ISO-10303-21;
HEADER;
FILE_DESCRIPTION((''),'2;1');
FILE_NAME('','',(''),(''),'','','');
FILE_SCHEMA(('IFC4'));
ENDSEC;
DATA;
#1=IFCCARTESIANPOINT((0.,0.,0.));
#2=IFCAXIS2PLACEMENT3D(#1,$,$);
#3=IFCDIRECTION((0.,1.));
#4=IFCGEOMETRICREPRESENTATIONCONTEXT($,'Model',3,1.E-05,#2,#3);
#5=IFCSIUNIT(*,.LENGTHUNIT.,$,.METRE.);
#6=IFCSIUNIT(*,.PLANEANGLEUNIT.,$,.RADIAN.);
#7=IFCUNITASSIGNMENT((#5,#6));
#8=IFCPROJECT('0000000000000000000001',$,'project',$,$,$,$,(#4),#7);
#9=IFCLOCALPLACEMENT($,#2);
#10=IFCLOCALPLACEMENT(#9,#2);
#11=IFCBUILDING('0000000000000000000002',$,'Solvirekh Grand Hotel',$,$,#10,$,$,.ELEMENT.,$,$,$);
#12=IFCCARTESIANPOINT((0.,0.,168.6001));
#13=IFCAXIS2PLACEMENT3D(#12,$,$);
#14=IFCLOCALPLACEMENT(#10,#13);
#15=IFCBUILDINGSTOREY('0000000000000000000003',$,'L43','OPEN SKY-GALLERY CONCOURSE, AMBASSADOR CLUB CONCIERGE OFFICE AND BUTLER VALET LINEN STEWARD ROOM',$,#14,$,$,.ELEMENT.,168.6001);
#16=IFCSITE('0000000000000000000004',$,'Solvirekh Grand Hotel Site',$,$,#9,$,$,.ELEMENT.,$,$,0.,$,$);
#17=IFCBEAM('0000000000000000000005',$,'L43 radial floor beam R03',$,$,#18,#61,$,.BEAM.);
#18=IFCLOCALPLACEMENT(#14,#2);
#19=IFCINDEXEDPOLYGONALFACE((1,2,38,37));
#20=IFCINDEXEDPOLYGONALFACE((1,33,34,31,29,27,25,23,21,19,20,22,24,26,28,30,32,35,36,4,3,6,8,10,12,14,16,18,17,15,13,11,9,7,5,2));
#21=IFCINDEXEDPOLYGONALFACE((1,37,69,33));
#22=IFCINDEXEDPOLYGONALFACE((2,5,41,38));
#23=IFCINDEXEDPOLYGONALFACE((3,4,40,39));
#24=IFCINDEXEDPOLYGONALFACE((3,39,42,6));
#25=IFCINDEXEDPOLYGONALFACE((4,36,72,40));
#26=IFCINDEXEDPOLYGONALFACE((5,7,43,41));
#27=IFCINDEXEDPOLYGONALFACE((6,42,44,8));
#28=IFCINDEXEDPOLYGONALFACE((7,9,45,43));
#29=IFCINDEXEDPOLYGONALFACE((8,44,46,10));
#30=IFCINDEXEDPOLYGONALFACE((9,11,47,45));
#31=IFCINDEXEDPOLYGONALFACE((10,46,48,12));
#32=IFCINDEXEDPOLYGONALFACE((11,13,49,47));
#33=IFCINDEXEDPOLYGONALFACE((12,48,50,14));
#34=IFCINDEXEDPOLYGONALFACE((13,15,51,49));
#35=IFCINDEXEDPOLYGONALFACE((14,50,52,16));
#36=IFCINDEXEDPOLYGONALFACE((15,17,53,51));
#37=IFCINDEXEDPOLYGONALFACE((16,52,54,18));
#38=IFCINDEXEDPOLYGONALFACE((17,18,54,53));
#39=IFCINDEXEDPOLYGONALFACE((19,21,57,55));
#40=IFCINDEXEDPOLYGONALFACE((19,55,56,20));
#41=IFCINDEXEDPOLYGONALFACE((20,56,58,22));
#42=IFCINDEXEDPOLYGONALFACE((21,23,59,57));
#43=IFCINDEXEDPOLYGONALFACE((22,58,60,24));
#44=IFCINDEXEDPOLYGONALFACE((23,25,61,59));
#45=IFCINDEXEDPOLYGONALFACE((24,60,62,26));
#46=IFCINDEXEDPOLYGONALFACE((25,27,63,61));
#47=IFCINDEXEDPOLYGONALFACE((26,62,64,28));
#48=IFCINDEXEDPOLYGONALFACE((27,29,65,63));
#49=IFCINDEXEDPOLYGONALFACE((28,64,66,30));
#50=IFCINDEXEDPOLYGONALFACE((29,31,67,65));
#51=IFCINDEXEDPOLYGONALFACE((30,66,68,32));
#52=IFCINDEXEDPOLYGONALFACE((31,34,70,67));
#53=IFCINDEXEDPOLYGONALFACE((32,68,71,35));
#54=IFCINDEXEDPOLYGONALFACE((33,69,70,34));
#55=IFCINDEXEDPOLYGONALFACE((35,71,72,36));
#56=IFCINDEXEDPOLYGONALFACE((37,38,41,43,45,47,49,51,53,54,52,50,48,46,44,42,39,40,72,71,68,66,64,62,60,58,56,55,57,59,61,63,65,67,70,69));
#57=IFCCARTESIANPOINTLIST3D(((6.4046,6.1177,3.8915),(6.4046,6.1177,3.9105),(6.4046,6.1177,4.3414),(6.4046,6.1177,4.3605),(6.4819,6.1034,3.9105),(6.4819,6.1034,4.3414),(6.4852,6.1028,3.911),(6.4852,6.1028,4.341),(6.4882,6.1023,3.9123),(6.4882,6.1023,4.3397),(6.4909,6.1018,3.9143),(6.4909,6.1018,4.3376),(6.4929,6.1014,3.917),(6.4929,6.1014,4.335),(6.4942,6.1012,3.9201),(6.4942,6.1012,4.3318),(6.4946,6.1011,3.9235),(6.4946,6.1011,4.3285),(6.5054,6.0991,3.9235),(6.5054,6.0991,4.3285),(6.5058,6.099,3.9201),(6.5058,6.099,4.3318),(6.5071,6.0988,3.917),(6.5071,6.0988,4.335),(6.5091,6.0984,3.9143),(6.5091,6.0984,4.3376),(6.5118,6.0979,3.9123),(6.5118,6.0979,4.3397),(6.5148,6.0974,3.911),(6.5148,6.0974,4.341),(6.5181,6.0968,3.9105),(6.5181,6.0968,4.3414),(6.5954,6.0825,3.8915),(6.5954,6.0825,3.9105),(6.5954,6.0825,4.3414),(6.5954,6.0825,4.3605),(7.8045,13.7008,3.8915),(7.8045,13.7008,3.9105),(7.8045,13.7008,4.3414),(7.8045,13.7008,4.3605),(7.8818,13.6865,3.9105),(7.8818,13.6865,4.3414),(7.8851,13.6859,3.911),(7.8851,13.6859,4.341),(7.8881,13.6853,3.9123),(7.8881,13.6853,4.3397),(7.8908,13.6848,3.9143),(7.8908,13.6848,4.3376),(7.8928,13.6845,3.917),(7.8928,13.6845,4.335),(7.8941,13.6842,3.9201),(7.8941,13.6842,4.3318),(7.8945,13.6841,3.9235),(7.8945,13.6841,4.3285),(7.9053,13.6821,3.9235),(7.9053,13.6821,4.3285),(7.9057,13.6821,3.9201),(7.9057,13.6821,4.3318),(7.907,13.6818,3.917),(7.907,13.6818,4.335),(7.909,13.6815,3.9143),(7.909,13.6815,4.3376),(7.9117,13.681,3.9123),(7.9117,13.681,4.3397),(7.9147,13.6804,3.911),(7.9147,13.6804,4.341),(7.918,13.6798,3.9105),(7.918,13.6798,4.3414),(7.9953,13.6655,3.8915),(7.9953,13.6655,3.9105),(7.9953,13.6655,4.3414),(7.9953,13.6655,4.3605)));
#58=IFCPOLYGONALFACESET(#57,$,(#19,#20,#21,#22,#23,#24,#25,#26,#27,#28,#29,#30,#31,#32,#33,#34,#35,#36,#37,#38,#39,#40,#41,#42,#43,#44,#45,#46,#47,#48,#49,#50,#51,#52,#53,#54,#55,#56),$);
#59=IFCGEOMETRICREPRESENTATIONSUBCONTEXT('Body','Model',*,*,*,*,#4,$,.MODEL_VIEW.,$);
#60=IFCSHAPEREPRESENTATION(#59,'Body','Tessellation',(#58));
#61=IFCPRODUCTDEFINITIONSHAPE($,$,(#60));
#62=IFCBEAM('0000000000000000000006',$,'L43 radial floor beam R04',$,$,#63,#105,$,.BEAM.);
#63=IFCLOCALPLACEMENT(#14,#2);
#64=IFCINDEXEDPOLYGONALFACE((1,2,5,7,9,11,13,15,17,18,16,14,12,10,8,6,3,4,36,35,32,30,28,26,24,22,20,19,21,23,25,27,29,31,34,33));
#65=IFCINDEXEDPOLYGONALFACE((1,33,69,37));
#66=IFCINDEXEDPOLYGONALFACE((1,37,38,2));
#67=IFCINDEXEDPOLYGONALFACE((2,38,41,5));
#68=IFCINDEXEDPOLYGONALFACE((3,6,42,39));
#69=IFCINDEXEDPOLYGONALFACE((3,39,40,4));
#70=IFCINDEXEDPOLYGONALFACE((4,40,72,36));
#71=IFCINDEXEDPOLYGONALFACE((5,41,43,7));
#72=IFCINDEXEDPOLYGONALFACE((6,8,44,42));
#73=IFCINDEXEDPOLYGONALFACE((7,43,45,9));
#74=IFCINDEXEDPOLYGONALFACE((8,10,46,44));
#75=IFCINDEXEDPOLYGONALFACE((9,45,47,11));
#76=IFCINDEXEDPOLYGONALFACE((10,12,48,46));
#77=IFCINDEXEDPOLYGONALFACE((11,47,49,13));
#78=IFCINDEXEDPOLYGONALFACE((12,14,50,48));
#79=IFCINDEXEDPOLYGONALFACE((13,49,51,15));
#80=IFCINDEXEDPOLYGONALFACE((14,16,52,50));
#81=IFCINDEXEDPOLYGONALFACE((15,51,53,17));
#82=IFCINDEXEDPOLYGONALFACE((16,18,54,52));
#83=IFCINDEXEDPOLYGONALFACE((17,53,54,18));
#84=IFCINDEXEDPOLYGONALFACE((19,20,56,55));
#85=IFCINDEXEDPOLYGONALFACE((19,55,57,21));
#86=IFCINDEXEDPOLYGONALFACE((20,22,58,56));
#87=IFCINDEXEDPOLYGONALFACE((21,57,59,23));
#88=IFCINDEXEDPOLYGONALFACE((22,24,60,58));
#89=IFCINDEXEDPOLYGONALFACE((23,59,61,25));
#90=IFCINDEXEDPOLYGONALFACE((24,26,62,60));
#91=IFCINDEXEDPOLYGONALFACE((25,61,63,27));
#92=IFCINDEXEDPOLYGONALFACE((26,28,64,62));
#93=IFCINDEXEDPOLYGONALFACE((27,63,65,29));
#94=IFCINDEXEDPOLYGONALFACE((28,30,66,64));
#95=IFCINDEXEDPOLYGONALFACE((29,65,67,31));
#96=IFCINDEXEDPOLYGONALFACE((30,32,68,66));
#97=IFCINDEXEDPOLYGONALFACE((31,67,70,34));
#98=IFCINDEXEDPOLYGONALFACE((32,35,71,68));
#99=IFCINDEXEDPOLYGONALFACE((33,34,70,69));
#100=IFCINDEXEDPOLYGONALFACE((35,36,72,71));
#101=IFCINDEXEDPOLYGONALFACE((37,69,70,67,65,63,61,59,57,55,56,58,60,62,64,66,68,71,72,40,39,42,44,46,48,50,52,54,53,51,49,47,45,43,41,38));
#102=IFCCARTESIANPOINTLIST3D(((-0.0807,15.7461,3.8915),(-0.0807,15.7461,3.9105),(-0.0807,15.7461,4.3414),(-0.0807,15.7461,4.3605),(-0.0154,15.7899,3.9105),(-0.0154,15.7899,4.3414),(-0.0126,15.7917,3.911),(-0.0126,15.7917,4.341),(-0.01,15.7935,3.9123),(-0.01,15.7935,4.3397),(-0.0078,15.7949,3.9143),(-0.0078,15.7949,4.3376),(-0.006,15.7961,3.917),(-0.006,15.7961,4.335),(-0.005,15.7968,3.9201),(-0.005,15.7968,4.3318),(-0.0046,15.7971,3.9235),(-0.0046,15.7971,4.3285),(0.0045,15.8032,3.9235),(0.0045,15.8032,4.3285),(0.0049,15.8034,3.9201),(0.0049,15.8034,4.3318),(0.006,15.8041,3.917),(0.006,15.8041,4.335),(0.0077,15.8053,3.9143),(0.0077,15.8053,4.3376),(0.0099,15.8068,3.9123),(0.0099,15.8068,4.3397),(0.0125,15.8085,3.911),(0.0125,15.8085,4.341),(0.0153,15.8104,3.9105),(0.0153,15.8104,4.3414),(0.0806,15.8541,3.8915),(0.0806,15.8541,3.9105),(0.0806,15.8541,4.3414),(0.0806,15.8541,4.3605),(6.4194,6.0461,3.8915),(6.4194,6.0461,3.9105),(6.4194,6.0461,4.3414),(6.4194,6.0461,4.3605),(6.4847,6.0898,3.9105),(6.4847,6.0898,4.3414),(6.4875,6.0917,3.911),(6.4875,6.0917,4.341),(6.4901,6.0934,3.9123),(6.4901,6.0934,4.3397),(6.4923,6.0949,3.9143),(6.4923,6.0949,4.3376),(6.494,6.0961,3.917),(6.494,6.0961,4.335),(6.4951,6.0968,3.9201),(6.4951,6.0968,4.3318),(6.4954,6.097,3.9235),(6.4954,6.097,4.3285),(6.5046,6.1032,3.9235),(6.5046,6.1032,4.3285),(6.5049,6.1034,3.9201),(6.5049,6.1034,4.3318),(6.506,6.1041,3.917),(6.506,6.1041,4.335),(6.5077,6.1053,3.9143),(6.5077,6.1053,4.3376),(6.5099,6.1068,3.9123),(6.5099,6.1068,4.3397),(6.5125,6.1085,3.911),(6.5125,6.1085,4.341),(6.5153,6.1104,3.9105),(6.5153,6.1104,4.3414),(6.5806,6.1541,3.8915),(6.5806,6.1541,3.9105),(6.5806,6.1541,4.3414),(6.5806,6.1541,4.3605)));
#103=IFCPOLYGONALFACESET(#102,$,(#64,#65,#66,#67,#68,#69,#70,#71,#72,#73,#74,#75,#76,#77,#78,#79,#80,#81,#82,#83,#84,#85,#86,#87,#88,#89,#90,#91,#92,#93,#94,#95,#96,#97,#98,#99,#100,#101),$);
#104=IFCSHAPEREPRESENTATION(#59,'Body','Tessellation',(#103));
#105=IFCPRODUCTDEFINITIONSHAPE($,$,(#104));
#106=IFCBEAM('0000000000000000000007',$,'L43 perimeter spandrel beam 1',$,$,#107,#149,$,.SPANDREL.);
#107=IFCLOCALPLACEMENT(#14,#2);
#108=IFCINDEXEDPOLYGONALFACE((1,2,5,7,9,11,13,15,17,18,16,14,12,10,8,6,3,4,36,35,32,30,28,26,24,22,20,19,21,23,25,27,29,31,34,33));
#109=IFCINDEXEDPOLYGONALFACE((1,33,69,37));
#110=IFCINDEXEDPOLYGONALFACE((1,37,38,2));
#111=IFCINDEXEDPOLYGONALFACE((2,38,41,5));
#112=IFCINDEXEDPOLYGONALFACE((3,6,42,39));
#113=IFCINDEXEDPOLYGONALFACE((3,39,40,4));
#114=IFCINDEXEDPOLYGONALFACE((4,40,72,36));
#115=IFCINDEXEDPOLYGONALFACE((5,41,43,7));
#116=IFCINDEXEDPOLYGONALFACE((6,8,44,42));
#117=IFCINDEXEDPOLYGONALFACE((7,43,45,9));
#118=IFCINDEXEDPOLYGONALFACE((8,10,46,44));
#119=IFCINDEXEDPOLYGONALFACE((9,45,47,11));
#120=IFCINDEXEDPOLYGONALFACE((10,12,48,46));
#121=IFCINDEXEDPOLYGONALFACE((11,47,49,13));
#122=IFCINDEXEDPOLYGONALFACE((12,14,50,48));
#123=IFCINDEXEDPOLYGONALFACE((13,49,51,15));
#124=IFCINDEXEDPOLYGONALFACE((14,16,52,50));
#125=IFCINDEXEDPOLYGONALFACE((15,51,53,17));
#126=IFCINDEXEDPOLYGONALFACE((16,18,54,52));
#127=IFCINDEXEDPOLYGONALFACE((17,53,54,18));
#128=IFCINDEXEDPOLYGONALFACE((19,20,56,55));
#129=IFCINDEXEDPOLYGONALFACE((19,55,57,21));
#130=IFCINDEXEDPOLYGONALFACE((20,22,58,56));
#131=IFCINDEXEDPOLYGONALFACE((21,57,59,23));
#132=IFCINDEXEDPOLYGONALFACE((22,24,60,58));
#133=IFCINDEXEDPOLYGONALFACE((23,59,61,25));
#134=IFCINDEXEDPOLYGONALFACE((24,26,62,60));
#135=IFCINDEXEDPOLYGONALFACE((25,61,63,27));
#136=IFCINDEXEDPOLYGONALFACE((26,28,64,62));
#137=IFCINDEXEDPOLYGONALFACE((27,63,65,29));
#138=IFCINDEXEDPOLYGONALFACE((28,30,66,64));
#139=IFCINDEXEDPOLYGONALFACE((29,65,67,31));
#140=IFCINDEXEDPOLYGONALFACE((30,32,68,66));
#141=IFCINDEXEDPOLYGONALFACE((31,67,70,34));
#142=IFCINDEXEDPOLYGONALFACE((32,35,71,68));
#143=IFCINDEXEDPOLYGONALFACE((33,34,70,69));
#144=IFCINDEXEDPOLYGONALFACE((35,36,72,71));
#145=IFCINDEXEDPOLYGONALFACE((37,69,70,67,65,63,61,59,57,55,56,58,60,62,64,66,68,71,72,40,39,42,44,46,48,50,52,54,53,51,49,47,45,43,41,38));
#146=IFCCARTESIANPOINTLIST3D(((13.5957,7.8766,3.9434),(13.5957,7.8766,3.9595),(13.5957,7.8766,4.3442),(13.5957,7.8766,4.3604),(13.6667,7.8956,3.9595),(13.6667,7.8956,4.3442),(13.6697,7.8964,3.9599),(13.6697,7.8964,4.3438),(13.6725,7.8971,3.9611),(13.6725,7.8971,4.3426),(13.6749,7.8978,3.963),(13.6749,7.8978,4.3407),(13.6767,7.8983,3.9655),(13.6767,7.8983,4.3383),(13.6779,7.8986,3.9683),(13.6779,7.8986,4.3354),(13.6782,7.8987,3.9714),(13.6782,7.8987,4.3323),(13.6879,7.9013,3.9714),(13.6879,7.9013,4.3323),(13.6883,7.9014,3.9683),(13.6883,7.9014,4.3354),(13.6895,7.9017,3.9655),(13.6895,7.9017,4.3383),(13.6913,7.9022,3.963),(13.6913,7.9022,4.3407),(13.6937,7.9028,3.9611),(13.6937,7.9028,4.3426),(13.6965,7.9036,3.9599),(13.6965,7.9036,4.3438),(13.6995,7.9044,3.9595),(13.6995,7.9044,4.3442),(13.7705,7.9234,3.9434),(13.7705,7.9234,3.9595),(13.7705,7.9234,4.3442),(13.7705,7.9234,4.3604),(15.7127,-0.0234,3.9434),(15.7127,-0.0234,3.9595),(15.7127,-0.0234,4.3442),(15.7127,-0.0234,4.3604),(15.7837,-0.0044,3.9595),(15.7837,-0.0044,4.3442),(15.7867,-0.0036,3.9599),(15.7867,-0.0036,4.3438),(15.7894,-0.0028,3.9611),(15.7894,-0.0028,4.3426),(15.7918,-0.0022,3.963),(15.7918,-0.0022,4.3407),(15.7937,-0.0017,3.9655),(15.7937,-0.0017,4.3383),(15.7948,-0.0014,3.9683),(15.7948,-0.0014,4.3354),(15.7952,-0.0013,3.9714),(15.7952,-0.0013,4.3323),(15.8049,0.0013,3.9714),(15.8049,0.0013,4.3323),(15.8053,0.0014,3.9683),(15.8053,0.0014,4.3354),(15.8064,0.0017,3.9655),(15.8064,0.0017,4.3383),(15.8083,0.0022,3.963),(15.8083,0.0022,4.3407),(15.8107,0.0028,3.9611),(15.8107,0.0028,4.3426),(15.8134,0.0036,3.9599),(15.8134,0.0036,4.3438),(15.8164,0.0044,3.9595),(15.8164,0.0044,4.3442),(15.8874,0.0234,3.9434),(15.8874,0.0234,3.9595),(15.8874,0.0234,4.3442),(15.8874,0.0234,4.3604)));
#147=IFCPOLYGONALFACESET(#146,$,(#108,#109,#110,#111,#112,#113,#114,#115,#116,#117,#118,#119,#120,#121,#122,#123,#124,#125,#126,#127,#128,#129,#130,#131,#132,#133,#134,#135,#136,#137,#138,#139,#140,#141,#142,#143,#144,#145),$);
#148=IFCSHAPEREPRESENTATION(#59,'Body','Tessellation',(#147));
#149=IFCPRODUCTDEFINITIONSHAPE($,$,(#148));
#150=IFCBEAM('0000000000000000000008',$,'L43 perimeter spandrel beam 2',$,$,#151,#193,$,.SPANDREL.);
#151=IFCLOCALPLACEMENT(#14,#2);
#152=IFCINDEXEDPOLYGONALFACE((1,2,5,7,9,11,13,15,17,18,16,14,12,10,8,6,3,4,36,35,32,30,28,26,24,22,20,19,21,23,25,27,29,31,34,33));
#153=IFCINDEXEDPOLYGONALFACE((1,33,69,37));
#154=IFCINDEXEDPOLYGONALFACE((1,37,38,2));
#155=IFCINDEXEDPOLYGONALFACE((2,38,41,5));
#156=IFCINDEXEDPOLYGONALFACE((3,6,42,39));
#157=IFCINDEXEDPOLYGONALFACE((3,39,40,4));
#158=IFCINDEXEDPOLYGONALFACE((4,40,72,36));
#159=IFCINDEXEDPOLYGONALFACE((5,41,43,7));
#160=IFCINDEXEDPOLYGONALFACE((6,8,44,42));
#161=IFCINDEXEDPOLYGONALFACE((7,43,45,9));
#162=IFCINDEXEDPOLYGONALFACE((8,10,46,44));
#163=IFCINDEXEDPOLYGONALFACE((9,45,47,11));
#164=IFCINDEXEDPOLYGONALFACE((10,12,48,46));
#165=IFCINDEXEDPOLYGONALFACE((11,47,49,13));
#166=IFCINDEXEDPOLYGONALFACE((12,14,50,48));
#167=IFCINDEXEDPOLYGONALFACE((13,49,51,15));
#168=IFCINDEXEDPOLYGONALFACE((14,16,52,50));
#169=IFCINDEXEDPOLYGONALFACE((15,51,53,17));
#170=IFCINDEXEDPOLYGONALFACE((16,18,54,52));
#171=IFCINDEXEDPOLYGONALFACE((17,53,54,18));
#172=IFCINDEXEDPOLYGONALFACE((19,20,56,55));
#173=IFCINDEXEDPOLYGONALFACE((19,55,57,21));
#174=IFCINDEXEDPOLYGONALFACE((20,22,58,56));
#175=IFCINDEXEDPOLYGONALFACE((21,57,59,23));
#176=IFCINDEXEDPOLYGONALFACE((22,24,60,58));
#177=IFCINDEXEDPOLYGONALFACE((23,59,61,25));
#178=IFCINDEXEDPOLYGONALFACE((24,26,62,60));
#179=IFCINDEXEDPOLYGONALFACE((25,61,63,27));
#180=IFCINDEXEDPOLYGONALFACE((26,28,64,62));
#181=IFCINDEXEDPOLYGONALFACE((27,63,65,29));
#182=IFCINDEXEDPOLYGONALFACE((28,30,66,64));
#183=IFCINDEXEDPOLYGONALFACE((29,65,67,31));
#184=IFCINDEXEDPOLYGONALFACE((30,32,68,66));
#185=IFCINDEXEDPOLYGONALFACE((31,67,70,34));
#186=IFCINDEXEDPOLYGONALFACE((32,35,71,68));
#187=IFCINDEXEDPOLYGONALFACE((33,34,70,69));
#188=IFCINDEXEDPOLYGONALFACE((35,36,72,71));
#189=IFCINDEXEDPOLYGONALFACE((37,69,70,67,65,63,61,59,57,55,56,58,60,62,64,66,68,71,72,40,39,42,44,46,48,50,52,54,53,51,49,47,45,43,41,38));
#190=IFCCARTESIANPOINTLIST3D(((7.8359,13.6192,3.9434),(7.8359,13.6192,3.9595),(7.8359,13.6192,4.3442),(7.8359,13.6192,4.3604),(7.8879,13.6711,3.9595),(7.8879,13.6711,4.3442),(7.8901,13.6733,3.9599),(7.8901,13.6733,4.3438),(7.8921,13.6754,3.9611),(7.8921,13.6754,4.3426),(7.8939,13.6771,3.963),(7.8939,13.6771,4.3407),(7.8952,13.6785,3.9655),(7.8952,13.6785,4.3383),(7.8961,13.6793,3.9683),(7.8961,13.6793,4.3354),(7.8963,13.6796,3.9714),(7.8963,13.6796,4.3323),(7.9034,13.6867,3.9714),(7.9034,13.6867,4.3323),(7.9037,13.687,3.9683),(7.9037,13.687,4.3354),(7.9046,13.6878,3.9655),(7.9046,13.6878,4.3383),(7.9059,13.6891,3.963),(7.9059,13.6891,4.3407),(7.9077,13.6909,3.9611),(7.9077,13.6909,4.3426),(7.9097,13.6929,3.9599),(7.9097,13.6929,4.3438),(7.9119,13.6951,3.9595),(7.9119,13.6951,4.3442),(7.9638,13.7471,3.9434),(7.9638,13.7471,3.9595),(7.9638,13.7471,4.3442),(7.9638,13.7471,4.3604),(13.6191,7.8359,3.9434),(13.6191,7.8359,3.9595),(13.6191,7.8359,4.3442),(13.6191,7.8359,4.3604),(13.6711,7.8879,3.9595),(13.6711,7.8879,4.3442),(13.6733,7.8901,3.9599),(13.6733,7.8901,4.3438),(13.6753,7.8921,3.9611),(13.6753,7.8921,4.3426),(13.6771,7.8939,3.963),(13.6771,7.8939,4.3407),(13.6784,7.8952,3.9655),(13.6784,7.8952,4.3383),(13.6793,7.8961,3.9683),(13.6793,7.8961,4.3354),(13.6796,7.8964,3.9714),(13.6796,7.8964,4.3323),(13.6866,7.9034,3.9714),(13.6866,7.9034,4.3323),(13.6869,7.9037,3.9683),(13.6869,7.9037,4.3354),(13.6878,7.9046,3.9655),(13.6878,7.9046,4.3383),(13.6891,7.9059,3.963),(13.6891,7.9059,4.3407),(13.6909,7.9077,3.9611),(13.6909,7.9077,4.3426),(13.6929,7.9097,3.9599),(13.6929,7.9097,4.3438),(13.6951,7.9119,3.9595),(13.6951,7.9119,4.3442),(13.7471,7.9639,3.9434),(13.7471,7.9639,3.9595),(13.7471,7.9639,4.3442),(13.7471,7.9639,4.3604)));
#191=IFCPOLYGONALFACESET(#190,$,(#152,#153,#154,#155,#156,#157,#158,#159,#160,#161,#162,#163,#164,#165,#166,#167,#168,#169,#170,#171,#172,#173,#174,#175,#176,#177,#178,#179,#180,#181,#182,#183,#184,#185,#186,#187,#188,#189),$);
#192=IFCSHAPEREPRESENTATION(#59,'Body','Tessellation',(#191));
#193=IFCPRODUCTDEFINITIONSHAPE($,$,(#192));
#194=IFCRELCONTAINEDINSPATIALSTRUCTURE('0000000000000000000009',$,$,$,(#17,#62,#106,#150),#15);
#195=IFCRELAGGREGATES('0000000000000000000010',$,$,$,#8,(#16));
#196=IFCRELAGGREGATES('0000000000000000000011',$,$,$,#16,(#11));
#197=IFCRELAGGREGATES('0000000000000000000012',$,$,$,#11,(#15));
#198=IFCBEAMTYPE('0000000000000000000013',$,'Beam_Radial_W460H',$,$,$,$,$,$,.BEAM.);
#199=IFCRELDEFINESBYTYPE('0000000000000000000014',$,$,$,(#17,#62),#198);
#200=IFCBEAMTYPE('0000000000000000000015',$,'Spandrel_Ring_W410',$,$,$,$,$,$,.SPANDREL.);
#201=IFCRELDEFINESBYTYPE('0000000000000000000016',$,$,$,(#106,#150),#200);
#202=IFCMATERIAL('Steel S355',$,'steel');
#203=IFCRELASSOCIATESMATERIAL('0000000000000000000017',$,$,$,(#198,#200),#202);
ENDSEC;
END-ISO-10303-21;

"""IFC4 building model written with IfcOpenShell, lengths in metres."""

from ifc_helpers import new_model, si_unit, direction, frame, origin, origin_2d, place, context, subcontext, project, spatial, i_section, extrude, material, material_profile, profile_set, type_object, element, save


model = new_model("IFC4")

# Units and contexts
model_context = context("Model", 3, precision=1e-05, world=origin(), true_north=direction((0.0, 1.0)))
body_context = subcontext(model_context, "Body", "Model", "MODEL_VIEW")
ifc_project = project(units=[si_unit("LENGTHUNIT", "METRE"), si_unit("PLANEANGLEUNIT", "RADIAN")], contexts=[model_context])

# Site, building, storey
site_placement = place(None, origin())
site = spatial("IfcSite", under=ifc_project, at=site_placement, Name="Solvirekh Grand Hotel Site", CompositionType="ELEMENT", RefElevation=0.0)
building_placement = place(site_placement, origin())
building = spatial("IfcBuilding", under=site, at=building_placement, Name="Solvirekh Grand Hotel", CompositionType="ELEMENT")
storey_placement = place(building_placement, frame((0.0, 0.0, 168.6001)))
storey = spatial("IfcBuildingStorey", under=building, at=storey_placement, Name="L43", Description="OPEN SKY-GALLERY CONCOURSE, AMBASSADOR CLUB CONCIERGE OFFICE AND BUTLER VALET LINEN STEWARD ROOM", CompositionType="ELEMENT", Elevation=168.6001)

# Beams
ifc_material_1 = material(Name="Steel S355", Category="steel")
ifc_material_profile_1 = material_profile(ifc_material_1, i_section(OverallWidth=0.1941, OverallDepth=0.469, WebThickness=0.011, FlangeThickness=0.019, FilletRadius=0.0129, at=origin_2d()), Name="W460X106")
ifc_profile_set_1 = profile_set([ifc_material_profile_1], Name="Steel S355")
beam_type_1 = type_object("IfcBeamType", Name="Beam_Radial_W460H", PredefinedType="BEAM", material=ifc_profile_set_1)
beam_1_placement = place(storey_placement, frame((6.5, 6.1001, 4.126), z_axis=(0.181543, 0.983383, 0.0), x_axis=(-0.983383, 0.181543, 0.0)))
element("IfcBeam", 1, at=beam_1_placement, inside=storey, type_object=beam_type_1, Name="L43 radial floor beam R03", PredefinedType="BEAM", context=body_context, shape_type="SweptSolid", body=[
    extrude(i_section(OverallWidth=0.1941, OverallDepth=0.469, WebThickness=0.011, FlangeThickness=0.019, FilletRadius=0.0129, at=origin_2d()), origin(), (0.0, 0.0, 1.0), 7.7112),
])
beam_2_placement = place(storey_placement, frame((6.5, 6.1001, 4.126), z_axis=(-0.556677, 0.830729, 0.0), x_axis=(-0.830729, -0.556677, 0.0)))
element("IfcBeam", 2, at=beam_2_placement, inside=storey, type_object=beam_type_1, Name="L43 radial floor beam R04", PredefinedType="BEAM", context=body_context, shape_type="SweptSolid", body=[
    extrude(i_section(OverallWidth=0.1941, OverallDepth=0.469, WebThickness=0.011, FlangeThickness=0.019, FilletRadius=0.0129, at=origin_2d()), origin(), (0.0, 0.0, 1.0), 11.6765),
])
ifc_material_profile_2 = material_profile(ifc_material_1, i_section(OverallWidth=0.1809, OverallDepth=0.417, WebThickness=0.01, FlangeThickness=0.0161, FilletRadius=0.012, at=origin_2d()), Name="W410X85")
ifc_profile_set_2 = profile_set([ifc_material_profile_2], Name="Steel S355")
beam_type_2 = type_object("IfcBeamType", Name="Spandrel_Ring_W410", PredefinedType="SPANDREL", material=ifc_profile_set_2)
for number, where, z_axis, x_axis, name in (
    (3, (15.8, 0.0, 4.1519), (-0.258839, 0.965921, 0.0), (-0.965921, -0.258839, 0.0), "L43 perimeter spandrel beam 1"),
    (4, (13.6831, 7.8999, 4.1519), (-0.707107, 0.707107, 0.0), (-0.707107, -0.707107, 0.0), "L43 perimeter spandrel beam 2"),
):
    element("IfcBeam", number, at=place(storey_placement, frame(where, z_axis=z_axis, x_axis=x_axis)), inside=storey, type_object=beam_type_2, Name=name, PredefinedType="SPANDREL", context=body_context, shape_type="SweptSolid", body=[
        extrude(i_section(OverallWidth=0.1809, OverallDepth=0.417, WebThickness=0.01, FlangeThickness=0.0161, FilletRadius=0.012, at=origin_2d()), origin(), (0.0, 0.0, 1.0), 8.1787),
    ])

save(model, "model.ifc")
